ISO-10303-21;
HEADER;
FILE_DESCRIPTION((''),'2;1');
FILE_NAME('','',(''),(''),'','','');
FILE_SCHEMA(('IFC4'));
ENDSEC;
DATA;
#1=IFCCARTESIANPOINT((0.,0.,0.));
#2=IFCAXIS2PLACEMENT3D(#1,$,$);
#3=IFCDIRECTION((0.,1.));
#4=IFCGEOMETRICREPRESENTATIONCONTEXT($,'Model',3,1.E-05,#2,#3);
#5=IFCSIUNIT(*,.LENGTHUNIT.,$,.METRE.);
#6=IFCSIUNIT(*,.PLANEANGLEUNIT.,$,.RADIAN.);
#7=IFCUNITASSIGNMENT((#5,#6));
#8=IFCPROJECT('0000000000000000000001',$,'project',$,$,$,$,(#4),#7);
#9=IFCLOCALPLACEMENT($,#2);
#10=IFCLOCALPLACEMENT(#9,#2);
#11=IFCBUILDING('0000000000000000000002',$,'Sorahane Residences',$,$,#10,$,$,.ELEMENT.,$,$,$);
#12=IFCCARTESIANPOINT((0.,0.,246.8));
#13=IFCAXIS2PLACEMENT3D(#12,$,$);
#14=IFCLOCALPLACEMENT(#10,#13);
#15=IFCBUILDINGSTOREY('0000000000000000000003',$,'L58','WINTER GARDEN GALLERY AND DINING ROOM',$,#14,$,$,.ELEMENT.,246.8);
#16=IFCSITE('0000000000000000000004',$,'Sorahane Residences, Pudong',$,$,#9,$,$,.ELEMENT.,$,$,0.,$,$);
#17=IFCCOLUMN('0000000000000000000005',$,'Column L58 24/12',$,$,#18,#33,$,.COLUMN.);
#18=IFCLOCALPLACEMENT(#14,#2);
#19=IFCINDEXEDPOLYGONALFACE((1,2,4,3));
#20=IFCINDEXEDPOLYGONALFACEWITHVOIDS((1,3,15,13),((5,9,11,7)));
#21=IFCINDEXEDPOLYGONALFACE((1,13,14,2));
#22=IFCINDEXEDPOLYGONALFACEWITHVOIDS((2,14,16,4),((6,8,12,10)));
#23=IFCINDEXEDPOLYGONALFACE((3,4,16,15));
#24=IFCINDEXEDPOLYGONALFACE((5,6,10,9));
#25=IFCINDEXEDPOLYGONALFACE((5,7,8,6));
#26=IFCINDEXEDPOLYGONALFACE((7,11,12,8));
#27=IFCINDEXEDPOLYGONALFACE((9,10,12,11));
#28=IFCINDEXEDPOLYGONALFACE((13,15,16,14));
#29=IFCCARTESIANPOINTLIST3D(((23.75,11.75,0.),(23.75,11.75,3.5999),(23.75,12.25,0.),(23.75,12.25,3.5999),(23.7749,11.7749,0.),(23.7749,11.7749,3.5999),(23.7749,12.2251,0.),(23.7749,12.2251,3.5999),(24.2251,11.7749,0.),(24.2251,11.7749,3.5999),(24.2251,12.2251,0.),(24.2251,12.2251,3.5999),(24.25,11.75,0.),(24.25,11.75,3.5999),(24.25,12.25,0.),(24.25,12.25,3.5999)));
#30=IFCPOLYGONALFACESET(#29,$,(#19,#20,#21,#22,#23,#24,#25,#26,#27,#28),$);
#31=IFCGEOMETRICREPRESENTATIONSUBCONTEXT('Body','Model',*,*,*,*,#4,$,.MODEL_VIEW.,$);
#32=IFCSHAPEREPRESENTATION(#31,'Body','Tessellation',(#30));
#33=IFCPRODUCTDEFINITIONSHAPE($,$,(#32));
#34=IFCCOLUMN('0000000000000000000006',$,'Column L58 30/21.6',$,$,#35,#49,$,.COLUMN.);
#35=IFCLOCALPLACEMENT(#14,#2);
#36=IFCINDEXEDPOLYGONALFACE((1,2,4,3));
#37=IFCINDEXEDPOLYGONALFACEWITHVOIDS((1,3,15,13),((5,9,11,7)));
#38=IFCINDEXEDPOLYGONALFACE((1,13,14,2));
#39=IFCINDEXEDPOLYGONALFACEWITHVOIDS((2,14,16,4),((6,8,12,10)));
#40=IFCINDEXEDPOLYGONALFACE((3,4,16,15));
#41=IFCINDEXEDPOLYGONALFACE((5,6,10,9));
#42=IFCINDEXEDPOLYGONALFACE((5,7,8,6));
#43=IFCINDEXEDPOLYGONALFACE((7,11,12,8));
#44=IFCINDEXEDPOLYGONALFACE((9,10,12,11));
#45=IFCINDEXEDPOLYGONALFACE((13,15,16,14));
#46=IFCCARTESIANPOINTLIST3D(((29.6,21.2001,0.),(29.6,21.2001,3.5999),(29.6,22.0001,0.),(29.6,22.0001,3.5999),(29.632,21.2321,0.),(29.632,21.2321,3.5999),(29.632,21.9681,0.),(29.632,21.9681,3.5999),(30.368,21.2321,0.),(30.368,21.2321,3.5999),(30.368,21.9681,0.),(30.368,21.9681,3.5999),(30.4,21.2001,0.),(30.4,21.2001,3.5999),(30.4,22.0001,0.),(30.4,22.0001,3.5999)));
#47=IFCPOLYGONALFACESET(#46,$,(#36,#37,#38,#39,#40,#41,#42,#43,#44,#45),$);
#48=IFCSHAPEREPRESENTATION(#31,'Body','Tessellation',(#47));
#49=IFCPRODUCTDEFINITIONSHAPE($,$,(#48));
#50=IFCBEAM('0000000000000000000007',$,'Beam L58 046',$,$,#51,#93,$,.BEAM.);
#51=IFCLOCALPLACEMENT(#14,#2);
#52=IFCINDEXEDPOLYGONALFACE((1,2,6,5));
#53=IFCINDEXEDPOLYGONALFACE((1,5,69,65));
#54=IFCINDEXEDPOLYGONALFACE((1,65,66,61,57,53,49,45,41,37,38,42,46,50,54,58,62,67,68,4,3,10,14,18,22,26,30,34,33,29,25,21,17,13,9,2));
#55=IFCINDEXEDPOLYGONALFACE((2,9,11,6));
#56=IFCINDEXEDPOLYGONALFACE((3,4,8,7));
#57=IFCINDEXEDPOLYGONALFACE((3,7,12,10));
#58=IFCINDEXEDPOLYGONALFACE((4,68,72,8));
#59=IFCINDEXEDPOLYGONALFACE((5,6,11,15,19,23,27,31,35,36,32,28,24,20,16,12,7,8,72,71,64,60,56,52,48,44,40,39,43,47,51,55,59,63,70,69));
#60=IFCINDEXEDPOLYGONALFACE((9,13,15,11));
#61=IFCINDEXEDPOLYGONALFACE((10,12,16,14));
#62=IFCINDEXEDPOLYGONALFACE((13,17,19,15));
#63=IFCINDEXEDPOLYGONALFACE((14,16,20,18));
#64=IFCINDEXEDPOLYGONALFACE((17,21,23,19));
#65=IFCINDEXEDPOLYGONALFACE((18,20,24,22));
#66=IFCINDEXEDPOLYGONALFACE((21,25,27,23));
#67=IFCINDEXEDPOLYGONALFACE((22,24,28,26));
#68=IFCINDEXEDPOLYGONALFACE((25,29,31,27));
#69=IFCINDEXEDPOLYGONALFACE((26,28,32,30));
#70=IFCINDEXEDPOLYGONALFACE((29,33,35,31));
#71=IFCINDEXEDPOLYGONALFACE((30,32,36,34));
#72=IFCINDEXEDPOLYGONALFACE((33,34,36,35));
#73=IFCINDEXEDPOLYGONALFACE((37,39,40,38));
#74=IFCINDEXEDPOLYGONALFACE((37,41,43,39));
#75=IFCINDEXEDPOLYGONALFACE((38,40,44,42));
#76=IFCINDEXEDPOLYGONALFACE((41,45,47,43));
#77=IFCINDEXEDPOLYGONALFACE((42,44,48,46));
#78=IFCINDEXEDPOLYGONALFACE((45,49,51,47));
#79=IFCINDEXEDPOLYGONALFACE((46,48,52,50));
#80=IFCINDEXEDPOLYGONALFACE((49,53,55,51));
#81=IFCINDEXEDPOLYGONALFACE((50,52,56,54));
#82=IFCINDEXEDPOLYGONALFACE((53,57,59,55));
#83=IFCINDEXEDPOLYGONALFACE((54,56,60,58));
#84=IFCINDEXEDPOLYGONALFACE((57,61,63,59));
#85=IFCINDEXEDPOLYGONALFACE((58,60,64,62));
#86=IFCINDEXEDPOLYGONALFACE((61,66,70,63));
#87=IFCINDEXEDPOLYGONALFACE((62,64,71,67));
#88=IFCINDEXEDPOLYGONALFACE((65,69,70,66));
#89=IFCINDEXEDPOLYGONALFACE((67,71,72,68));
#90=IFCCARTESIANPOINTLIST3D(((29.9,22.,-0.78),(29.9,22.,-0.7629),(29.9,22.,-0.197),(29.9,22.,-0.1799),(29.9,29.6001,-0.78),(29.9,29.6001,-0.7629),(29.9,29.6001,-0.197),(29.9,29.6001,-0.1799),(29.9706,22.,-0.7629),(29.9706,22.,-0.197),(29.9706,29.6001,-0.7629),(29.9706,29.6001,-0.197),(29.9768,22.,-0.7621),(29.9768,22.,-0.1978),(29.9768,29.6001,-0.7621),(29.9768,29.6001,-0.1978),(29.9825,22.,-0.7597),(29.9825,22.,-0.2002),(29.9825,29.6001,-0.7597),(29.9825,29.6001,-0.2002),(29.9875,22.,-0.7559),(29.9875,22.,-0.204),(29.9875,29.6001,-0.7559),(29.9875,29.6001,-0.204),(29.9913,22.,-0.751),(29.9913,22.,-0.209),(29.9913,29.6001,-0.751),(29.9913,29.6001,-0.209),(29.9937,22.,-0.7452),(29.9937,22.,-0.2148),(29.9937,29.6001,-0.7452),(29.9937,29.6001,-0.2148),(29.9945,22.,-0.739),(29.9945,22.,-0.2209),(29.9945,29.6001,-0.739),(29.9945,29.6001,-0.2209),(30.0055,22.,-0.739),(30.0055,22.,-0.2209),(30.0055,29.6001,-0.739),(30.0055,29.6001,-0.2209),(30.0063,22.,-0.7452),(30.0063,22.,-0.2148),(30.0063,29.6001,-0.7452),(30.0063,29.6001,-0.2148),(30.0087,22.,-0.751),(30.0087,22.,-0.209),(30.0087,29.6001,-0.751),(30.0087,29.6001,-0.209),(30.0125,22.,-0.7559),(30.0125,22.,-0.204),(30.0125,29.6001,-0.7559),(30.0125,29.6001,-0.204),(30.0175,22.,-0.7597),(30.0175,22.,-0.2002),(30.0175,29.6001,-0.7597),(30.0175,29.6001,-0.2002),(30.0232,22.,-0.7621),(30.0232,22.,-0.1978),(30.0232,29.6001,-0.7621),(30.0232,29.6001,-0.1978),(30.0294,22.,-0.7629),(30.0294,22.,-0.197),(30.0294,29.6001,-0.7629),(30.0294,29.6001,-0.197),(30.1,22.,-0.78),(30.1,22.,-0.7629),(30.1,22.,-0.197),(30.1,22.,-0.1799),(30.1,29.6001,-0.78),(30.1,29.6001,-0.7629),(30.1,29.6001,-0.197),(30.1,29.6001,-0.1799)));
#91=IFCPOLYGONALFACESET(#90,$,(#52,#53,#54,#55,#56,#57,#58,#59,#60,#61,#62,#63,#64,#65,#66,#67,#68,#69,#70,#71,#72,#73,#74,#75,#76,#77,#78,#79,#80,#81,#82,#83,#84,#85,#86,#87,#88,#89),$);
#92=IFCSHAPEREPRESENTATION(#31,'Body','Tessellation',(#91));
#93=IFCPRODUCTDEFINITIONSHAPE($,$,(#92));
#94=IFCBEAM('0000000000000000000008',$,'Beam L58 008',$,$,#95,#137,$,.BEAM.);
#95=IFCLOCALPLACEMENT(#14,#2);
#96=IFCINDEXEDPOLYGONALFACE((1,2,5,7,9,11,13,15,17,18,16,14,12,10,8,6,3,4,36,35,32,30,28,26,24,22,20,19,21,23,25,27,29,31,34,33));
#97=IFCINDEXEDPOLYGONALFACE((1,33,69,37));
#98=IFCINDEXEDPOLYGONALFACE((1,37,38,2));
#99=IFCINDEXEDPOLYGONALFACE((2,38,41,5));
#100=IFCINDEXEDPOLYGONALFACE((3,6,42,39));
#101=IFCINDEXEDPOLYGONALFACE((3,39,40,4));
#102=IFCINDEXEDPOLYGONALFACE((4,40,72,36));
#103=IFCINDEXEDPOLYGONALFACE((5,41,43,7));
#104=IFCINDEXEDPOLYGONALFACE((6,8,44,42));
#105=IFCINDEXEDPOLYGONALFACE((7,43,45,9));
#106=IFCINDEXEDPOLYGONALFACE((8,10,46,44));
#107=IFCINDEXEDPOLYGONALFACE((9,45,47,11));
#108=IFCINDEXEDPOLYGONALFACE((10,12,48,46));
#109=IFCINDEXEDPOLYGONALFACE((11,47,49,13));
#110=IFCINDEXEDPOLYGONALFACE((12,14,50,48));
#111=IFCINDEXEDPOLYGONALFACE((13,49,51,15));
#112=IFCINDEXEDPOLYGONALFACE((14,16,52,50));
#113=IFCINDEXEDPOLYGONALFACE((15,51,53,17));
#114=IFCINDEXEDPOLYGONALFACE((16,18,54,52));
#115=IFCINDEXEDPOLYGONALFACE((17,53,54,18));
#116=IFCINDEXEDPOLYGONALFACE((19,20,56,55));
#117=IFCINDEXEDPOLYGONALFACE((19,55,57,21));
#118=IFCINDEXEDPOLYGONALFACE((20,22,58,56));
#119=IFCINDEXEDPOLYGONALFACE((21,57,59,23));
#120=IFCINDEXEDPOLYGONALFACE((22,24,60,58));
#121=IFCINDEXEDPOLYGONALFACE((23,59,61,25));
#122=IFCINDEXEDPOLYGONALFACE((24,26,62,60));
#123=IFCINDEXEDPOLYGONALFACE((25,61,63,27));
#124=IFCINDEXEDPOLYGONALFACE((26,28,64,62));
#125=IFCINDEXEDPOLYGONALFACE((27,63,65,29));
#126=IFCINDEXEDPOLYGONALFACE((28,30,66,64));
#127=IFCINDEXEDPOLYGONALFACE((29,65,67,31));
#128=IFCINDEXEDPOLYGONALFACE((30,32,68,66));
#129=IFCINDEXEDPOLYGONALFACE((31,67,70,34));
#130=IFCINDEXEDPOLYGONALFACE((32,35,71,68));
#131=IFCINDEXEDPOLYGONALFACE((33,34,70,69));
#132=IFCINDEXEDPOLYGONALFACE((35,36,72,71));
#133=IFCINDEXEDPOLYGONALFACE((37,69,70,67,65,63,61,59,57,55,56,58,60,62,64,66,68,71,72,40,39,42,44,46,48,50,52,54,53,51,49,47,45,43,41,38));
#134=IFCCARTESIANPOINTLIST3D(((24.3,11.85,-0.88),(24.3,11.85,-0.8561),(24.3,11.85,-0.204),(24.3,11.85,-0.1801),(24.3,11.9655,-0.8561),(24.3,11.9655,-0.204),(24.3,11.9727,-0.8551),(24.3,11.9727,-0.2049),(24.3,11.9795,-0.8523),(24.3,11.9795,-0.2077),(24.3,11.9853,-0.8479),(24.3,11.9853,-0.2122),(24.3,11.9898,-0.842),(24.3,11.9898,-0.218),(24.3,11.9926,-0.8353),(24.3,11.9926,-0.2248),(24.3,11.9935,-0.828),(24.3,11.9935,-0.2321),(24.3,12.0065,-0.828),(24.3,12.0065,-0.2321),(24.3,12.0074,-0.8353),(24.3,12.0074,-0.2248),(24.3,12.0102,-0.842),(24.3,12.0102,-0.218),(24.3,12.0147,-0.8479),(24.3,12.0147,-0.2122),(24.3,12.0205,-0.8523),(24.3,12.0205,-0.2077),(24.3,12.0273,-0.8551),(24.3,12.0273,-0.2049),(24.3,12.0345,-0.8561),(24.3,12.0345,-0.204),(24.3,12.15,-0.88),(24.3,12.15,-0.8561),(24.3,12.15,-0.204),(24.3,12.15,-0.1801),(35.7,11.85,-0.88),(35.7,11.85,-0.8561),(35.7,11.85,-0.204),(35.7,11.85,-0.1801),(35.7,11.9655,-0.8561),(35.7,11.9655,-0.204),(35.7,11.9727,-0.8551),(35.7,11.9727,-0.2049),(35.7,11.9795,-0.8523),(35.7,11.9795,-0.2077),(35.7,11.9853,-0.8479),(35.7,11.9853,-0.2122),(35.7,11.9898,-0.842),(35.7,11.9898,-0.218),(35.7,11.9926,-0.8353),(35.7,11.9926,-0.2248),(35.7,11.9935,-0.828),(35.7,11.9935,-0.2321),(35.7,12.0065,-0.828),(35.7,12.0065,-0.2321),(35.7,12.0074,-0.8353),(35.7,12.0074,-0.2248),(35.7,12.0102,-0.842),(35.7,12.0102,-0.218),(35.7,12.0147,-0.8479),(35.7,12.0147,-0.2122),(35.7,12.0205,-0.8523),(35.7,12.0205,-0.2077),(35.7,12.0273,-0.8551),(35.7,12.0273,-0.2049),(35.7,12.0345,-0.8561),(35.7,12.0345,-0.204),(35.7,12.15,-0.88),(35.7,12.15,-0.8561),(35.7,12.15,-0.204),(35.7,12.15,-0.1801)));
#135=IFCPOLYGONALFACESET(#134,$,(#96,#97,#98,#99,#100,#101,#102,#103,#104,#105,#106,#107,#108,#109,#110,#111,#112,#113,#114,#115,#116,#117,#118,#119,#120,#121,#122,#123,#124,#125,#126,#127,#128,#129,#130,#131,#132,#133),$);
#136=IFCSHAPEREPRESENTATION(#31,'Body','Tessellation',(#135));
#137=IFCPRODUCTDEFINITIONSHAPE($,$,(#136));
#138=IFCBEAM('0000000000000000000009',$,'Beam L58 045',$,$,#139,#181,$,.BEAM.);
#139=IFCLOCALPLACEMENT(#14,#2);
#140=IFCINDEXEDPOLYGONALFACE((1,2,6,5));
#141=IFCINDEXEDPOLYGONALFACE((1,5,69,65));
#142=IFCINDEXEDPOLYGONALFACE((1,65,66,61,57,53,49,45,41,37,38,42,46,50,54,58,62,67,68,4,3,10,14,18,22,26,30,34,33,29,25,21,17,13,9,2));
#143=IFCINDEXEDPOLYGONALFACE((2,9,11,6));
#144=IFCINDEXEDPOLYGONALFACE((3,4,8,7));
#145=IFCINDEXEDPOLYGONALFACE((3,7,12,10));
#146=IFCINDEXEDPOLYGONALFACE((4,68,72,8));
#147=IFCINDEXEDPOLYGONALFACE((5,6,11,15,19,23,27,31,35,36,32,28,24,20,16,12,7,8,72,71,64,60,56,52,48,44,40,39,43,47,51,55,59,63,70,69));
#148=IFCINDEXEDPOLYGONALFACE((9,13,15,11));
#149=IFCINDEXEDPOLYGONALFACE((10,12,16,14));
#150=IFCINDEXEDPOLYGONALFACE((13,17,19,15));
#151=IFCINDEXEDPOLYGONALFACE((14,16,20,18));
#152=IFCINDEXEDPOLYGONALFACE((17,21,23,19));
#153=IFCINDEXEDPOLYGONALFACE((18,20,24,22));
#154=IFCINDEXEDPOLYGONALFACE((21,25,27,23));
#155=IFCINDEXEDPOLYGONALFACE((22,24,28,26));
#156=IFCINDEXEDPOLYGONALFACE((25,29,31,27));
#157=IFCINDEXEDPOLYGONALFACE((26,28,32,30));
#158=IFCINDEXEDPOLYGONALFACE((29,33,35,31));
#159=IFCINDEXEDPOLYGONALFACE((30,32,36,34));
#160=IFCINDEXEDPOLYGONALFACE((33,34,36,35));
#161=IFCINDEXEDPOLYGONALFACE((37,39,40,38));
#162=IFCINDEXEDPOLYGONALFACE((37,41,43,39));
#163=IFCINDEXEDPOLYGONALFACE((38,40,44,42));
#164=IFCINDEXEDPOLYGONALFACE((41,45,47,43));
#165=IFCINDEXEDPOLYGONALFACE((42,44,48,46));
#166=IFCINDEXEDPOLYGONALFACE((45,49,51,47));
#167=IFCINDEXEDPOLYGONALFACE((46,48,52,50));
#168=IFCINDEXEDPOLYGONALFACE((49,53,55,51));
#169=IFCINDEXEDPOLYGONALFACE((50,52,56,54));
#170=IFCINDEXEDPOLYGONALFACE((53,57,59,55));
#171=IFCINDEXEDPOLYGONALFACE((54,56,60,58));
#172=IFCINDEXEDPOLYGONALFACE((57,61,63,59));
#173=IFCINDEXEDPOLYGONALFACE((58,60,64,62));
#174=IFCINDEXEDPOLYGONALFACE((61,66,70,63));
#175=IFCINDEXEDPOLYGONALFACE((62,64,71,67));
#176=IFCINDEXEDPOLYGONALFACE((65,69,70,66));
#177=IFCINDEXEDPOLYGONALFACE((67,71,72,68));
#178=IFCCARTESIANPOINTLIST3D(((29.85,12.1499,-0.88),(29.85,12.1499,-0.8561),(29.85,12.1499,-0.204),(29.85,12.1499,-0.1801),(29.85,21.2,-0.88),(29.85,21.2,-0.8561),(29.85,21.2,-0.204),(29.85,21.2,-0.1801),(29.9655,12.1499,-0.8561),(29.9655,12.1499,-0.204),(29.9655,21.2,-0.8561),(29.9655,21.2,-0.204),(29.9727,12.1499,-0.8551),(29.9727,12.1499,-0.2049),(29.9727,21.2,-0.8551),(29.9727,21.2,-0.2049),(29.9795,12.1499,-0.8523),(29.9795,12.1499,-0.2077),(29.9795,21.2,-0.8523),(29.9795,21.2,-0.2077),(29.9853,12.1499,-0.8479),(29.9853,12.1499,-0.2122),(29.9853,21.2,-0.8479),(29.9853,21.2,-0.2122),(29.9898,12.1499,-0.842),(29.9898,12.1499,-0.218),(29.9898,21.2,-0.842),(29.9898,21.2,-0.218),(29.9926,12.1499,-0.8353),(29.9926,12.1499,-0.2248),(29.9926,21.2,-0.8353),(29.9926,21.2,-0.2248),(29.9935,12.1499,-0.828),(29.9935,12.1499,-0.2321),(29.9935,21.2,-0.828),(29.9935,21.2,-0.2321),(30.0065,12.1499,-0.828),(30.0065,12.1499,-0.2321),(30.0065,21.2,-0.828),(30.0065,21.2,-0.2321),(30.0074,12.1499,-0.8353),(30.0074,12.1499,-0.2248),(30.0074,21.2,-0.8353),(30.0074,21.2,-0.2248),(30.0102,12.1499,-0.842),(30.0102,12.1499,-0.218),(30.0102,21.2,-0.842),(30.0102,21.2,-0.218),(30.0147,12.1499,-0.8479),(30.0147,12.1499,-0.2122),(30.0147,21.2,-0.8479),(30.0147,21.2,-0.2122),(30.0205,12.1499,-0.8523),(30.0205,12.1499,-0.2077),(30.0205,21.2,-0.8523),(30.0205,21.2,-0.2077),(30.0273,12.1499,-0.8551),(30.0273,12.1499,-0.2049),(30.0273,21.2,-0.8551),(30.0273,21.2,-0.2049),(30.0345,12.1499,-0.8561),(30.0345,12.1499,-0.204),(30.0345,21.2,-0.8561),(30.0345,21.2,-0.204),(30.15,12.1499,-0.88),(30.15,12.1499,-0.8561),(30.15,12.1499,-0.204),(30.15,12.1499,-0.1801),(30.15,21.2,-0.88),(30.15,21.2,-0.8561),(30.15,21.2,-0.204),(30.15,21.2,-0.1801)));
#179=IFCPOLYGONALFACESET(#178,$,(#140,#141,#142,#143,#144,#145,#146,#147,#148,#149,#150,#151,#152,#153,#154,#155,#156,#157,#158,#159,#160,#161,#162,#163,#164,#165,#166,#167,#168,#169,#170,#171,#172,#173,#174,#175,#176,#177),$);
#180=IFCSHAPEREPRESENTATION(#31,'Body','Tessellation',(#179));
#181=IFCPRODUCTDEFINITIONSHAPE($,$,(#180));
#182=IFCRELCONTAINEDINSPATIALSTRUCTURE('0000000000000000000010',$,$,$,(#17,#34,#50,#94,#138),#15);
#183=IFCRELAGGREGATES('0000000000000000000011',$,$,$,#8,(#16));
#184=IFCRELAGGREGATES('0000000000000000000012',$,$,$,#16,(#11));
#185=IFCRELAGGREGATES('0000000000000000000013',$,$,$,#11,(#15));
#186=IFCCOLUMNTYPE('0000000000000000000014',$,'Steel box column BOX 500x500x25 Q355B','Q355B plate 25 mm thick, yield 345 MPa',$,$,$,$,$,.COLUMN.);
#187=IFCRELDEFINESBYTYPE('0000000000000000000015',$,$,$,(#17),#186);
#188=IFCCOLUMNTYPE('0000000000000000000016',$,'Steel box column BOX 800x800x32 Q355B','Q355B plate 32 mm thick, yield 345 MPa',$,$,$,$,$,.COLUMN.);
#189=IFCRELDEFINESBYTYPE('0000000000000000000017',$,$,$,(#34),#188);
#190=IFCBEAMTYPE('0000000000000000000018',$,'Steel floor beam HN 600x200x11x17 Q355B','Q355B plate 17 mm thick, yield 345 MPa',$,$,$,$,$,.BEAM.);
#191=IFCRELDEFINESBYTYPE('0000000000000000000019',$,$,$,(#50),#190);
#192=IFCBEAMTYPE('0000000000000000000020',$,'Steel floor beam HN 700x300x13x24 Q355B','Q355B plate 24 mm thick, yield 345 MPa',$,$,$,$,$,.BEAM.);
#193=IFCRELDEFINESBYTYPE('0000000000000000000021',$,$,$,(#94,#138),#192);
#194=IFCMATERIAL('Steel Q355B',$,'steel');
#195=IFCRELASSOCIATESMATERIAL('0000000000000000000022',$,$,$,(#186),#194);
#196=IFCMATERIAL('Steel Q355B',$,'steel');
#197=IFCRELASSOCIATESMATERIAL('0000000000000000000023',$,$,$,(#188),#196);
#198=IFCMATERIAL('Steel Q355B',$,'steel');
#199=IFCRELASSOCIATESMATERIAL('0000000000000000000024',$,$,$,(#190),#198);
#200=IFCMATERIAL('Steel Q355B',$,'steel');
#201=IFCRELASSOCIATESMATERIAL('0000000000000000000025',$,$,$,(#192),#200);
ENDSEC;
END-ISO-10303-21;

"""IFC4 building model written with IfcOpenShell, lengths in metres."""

from ifc_helpers import new_model, si_unit, direction, frame, origin, origin_2d, place, context, subcontext, project, spatial, hollow_rectangle, i_section, extrude, material, material_profile, profile_set, type_object, element, save


model = new_model("IFC4")

# Units and contexts
model_context = context("Model", 3, precision=1e-05, world=origin(), true_north=direction((0.0, 1.0)))
body_context = subcontext(model_context, "Body", "Model", "MODEL_VIEW")
ifc_project = project(units=[si_unit("LENGTHUNIT", "METRE"), si_unit("PLANEANGLEUNIT", "RADIAN")], contexts=[model_context])

# Site, building, storey
site_placement = place(None, origin())
site = spatial("IfcSite", under=ifc_project, at=site_placement, Name="Sorahane Residences, Pudong", CompositionType="ELEMENT", RefElevation=0.0)
building_placement = place(site_placement, origin())
building = spatial("IfcBuilding", under=site, at=building_placement, Name="Sorahane Residences", CompositionType="ELEMENT")
storey_placement = place(building_placement, frame((0.0, 0.0, 246.8)))
storey = spatial("IfcBuildingStorey", under=building, at=storey_placement, Name="L58", Description="WINTER GARDEN GALLERY AND DINING ROOM", CompositionType="ELEMENT", Elevation=246.8)

# Columns
ifc_material_1 = material(Name="Steel Q355B", Category="steel")
ifc_material_profile_1 = material_profile(ifc_material_1, hollow_rectangle(XDim=0.5, YDim=0.5, WallThickness=0.0249, at=origin_2d()), Name="BOX 500x500x25")
ifc_profile_set_1 = profile_set([ifc_material_profile_1], Name="Steel Q355B")
column_type_1 = type_object("IfcColumnType", Name="Steel box column BOX 500x500x25 Q355B", Description="Q355B plate 25 mm thick, yield 345 MPa", PredefinedType="COLUMN", material=ifc_profile_set_1)
column_1_placement = place(storey_placement, frame((24.0, 12.0, 0.0), z_axis=(0.0, 0.0, 1.0), x_axis=(1.0, 0.0, 0.0)))
element("IfcColumn", 1, at=column_1_placement, inside=storey, type_object=column_type_1, Name="Column L58 24/12", PredefinedType="COLUMN", context=body_context, shape_type="SweptSolid", body=[
    extrude(hollow_rectangle(XDim=0.5, YDim=0.5, WallThickness=0.0249, at=origin_2d()), origin(), (0.0, 0.0, 1.0), 3.5999),
])
ifc_material_2 = material(Name="Steel Q355B", Category="steel")
ifc_material_profile_2 = material_profile(ifc_material_2, hollow_rectangle(XDim=0.8, YDim=0.8, WallThickness=0.032, at=origin_2d()), Name="BOX 800x800x32")
ifc_profile_set_2 = profile_set([ifc_material_profile_2], Name="Steel Q355B")
column_type_2 = type_object("IfcColumnType", Name="Steel box column BOX 800x800x32 Q355B", Description="Q355B plate 32 mm thick, yield 345 MPa", PredefinedType="COLUMN", material=ifc_profile_set_2)
column_2_placement = place(storey_placement, frame((30.0, 21.6001, 0.0), z_axis=(0.0, 0.0, 1.0), x_axis=(1.0, 0.0, 0.0)))
element("IfcColumn", 2, at=column_2_placement, inside=storey, type_object=column_type_2, Name="Column L58 30/21.6", PredefinedType="COLUMN", context=body_context, shape_type="SweptSolid", body=[
    extrude(hollow_rectangle(XDim=0.8, YDim=0.8, WallThickness=0.032, at=origin_2d()), origin(), (0.0, 0.0, 1.0), 3.5999),
])

# Beams
ifc_material_3 = material(Name="Steel Q355B", Category="steel")
ifc_material_profile_3 = material_profile(ifc_material_3, i_section(OverallWidth=0.2, OverallDepth=0.6001, WebThickness=0.011, FlangeThickness=0.0171, FilletRadius=0.0239, at=origin_2d()), Name="HN 600x200x11x17")
ifc_profile_set_3 = profile_set([ifc_material_profile_3], Name="Steel Q355B")
beam_type_1 = type_object("IfcBeamType", Name="Steel floor beam HN 600x200x11x17 Q355B", Description="Q355B plate 17 mm thick, yield 345 MPa", PredefinedType="BEAM", material=ifc_profile_set_3)
beam_1_placement = place(storey_placement, frame((30.0, 22.0, -0.48), z_axis=(0.0, 1.0, 0.0), x_axis=(-1.0, 0.0, 0.0)))
element("IfcBeam", 3, at=beam_1_placement, inside=storey, type_object=beam_type_1, Name="Beam L58 046", PredefinedType="BEAM", context=body_context, shape_type="SweptSolid", body=[
    extrude(i_section(OverallWidth=0.2, OverallDepth=0.6001, WebThickness=0.011, FlangeThickness=0.0171, FilletRadius=0.0239, at=origin_2d()), origin(), (0.0, 0.0, 1.0), 7.6001),
])
ifc_material_4 = material(Name="Steel Q355B", Category="steel")
ifc_material_profile_4 = material_profile(ifc_material_4, i_section(OverallWidth=0.3, OverallDepth=0.7, WebThickness=0.0129, FlangeThickness=0.0239, FilletRadius=0.0281, at=origin_2d()), Name="HN 700x300x13x24")
ifc_profile_set_4 = profile_set([ifc_material_profile_4], Name="Steel Q355B")
beam_type_2 = type_object("IfcBeamType", Name="Steel floor beam HN 700x300x13x24 Q355B", Description="Q355B plate 24 mm thick, yield 345 MPa", PredefinedType="BEAM", material=ifc_profile_set_4)
beam_2_placement = place(storey_placement, frame((24.3, 12.0, -0.53), z_axis=(1.0, 0.0, 0.0), x_axis=(0.0, 1.0, 0.0)))
element("IfcBeam", 4, at=beam_2_placement, inside=storey, type_object=beam_type_2, Name="Beam L58 008", PredefinedType="BEAM", context=body_context, shape_type="SweptSolid", body=[
    extrude(i_section(OverallWidth=0.3, OverallDepth=0.7, WebThickness=0.0129, FlangeThickness=0.0239, FilletRadius=0.0281, at=origin_2d()), origin(), (0.0, 0.0, 1.0), 11.3999),
])
beam_3_placement = place(storey_placement, frame((30.0, 12.1499, -0.53), z_axis=(0.0, 1.0, 0.0), x_axis=(-1.0, 0.0, 0.0)))
element("IfcBeam", 5, at=beam_3_placement, inside=storey, type_object=beam_type_2, Name="Beam L58 045", PredefinedType="BEAM", context=body_context, shape_type="SweptSolid", body=[
    extrude(i_section(OverallWidth=0.3, OverallDepth=0.7, WebThickness=0.0129, FlangeThickness=0.0239, FilletRadius=0.0281, at=origin_2d()), origin(), (0.0, 0.0, 1.0), 9.05),
])

save(model, "model.ifc")
